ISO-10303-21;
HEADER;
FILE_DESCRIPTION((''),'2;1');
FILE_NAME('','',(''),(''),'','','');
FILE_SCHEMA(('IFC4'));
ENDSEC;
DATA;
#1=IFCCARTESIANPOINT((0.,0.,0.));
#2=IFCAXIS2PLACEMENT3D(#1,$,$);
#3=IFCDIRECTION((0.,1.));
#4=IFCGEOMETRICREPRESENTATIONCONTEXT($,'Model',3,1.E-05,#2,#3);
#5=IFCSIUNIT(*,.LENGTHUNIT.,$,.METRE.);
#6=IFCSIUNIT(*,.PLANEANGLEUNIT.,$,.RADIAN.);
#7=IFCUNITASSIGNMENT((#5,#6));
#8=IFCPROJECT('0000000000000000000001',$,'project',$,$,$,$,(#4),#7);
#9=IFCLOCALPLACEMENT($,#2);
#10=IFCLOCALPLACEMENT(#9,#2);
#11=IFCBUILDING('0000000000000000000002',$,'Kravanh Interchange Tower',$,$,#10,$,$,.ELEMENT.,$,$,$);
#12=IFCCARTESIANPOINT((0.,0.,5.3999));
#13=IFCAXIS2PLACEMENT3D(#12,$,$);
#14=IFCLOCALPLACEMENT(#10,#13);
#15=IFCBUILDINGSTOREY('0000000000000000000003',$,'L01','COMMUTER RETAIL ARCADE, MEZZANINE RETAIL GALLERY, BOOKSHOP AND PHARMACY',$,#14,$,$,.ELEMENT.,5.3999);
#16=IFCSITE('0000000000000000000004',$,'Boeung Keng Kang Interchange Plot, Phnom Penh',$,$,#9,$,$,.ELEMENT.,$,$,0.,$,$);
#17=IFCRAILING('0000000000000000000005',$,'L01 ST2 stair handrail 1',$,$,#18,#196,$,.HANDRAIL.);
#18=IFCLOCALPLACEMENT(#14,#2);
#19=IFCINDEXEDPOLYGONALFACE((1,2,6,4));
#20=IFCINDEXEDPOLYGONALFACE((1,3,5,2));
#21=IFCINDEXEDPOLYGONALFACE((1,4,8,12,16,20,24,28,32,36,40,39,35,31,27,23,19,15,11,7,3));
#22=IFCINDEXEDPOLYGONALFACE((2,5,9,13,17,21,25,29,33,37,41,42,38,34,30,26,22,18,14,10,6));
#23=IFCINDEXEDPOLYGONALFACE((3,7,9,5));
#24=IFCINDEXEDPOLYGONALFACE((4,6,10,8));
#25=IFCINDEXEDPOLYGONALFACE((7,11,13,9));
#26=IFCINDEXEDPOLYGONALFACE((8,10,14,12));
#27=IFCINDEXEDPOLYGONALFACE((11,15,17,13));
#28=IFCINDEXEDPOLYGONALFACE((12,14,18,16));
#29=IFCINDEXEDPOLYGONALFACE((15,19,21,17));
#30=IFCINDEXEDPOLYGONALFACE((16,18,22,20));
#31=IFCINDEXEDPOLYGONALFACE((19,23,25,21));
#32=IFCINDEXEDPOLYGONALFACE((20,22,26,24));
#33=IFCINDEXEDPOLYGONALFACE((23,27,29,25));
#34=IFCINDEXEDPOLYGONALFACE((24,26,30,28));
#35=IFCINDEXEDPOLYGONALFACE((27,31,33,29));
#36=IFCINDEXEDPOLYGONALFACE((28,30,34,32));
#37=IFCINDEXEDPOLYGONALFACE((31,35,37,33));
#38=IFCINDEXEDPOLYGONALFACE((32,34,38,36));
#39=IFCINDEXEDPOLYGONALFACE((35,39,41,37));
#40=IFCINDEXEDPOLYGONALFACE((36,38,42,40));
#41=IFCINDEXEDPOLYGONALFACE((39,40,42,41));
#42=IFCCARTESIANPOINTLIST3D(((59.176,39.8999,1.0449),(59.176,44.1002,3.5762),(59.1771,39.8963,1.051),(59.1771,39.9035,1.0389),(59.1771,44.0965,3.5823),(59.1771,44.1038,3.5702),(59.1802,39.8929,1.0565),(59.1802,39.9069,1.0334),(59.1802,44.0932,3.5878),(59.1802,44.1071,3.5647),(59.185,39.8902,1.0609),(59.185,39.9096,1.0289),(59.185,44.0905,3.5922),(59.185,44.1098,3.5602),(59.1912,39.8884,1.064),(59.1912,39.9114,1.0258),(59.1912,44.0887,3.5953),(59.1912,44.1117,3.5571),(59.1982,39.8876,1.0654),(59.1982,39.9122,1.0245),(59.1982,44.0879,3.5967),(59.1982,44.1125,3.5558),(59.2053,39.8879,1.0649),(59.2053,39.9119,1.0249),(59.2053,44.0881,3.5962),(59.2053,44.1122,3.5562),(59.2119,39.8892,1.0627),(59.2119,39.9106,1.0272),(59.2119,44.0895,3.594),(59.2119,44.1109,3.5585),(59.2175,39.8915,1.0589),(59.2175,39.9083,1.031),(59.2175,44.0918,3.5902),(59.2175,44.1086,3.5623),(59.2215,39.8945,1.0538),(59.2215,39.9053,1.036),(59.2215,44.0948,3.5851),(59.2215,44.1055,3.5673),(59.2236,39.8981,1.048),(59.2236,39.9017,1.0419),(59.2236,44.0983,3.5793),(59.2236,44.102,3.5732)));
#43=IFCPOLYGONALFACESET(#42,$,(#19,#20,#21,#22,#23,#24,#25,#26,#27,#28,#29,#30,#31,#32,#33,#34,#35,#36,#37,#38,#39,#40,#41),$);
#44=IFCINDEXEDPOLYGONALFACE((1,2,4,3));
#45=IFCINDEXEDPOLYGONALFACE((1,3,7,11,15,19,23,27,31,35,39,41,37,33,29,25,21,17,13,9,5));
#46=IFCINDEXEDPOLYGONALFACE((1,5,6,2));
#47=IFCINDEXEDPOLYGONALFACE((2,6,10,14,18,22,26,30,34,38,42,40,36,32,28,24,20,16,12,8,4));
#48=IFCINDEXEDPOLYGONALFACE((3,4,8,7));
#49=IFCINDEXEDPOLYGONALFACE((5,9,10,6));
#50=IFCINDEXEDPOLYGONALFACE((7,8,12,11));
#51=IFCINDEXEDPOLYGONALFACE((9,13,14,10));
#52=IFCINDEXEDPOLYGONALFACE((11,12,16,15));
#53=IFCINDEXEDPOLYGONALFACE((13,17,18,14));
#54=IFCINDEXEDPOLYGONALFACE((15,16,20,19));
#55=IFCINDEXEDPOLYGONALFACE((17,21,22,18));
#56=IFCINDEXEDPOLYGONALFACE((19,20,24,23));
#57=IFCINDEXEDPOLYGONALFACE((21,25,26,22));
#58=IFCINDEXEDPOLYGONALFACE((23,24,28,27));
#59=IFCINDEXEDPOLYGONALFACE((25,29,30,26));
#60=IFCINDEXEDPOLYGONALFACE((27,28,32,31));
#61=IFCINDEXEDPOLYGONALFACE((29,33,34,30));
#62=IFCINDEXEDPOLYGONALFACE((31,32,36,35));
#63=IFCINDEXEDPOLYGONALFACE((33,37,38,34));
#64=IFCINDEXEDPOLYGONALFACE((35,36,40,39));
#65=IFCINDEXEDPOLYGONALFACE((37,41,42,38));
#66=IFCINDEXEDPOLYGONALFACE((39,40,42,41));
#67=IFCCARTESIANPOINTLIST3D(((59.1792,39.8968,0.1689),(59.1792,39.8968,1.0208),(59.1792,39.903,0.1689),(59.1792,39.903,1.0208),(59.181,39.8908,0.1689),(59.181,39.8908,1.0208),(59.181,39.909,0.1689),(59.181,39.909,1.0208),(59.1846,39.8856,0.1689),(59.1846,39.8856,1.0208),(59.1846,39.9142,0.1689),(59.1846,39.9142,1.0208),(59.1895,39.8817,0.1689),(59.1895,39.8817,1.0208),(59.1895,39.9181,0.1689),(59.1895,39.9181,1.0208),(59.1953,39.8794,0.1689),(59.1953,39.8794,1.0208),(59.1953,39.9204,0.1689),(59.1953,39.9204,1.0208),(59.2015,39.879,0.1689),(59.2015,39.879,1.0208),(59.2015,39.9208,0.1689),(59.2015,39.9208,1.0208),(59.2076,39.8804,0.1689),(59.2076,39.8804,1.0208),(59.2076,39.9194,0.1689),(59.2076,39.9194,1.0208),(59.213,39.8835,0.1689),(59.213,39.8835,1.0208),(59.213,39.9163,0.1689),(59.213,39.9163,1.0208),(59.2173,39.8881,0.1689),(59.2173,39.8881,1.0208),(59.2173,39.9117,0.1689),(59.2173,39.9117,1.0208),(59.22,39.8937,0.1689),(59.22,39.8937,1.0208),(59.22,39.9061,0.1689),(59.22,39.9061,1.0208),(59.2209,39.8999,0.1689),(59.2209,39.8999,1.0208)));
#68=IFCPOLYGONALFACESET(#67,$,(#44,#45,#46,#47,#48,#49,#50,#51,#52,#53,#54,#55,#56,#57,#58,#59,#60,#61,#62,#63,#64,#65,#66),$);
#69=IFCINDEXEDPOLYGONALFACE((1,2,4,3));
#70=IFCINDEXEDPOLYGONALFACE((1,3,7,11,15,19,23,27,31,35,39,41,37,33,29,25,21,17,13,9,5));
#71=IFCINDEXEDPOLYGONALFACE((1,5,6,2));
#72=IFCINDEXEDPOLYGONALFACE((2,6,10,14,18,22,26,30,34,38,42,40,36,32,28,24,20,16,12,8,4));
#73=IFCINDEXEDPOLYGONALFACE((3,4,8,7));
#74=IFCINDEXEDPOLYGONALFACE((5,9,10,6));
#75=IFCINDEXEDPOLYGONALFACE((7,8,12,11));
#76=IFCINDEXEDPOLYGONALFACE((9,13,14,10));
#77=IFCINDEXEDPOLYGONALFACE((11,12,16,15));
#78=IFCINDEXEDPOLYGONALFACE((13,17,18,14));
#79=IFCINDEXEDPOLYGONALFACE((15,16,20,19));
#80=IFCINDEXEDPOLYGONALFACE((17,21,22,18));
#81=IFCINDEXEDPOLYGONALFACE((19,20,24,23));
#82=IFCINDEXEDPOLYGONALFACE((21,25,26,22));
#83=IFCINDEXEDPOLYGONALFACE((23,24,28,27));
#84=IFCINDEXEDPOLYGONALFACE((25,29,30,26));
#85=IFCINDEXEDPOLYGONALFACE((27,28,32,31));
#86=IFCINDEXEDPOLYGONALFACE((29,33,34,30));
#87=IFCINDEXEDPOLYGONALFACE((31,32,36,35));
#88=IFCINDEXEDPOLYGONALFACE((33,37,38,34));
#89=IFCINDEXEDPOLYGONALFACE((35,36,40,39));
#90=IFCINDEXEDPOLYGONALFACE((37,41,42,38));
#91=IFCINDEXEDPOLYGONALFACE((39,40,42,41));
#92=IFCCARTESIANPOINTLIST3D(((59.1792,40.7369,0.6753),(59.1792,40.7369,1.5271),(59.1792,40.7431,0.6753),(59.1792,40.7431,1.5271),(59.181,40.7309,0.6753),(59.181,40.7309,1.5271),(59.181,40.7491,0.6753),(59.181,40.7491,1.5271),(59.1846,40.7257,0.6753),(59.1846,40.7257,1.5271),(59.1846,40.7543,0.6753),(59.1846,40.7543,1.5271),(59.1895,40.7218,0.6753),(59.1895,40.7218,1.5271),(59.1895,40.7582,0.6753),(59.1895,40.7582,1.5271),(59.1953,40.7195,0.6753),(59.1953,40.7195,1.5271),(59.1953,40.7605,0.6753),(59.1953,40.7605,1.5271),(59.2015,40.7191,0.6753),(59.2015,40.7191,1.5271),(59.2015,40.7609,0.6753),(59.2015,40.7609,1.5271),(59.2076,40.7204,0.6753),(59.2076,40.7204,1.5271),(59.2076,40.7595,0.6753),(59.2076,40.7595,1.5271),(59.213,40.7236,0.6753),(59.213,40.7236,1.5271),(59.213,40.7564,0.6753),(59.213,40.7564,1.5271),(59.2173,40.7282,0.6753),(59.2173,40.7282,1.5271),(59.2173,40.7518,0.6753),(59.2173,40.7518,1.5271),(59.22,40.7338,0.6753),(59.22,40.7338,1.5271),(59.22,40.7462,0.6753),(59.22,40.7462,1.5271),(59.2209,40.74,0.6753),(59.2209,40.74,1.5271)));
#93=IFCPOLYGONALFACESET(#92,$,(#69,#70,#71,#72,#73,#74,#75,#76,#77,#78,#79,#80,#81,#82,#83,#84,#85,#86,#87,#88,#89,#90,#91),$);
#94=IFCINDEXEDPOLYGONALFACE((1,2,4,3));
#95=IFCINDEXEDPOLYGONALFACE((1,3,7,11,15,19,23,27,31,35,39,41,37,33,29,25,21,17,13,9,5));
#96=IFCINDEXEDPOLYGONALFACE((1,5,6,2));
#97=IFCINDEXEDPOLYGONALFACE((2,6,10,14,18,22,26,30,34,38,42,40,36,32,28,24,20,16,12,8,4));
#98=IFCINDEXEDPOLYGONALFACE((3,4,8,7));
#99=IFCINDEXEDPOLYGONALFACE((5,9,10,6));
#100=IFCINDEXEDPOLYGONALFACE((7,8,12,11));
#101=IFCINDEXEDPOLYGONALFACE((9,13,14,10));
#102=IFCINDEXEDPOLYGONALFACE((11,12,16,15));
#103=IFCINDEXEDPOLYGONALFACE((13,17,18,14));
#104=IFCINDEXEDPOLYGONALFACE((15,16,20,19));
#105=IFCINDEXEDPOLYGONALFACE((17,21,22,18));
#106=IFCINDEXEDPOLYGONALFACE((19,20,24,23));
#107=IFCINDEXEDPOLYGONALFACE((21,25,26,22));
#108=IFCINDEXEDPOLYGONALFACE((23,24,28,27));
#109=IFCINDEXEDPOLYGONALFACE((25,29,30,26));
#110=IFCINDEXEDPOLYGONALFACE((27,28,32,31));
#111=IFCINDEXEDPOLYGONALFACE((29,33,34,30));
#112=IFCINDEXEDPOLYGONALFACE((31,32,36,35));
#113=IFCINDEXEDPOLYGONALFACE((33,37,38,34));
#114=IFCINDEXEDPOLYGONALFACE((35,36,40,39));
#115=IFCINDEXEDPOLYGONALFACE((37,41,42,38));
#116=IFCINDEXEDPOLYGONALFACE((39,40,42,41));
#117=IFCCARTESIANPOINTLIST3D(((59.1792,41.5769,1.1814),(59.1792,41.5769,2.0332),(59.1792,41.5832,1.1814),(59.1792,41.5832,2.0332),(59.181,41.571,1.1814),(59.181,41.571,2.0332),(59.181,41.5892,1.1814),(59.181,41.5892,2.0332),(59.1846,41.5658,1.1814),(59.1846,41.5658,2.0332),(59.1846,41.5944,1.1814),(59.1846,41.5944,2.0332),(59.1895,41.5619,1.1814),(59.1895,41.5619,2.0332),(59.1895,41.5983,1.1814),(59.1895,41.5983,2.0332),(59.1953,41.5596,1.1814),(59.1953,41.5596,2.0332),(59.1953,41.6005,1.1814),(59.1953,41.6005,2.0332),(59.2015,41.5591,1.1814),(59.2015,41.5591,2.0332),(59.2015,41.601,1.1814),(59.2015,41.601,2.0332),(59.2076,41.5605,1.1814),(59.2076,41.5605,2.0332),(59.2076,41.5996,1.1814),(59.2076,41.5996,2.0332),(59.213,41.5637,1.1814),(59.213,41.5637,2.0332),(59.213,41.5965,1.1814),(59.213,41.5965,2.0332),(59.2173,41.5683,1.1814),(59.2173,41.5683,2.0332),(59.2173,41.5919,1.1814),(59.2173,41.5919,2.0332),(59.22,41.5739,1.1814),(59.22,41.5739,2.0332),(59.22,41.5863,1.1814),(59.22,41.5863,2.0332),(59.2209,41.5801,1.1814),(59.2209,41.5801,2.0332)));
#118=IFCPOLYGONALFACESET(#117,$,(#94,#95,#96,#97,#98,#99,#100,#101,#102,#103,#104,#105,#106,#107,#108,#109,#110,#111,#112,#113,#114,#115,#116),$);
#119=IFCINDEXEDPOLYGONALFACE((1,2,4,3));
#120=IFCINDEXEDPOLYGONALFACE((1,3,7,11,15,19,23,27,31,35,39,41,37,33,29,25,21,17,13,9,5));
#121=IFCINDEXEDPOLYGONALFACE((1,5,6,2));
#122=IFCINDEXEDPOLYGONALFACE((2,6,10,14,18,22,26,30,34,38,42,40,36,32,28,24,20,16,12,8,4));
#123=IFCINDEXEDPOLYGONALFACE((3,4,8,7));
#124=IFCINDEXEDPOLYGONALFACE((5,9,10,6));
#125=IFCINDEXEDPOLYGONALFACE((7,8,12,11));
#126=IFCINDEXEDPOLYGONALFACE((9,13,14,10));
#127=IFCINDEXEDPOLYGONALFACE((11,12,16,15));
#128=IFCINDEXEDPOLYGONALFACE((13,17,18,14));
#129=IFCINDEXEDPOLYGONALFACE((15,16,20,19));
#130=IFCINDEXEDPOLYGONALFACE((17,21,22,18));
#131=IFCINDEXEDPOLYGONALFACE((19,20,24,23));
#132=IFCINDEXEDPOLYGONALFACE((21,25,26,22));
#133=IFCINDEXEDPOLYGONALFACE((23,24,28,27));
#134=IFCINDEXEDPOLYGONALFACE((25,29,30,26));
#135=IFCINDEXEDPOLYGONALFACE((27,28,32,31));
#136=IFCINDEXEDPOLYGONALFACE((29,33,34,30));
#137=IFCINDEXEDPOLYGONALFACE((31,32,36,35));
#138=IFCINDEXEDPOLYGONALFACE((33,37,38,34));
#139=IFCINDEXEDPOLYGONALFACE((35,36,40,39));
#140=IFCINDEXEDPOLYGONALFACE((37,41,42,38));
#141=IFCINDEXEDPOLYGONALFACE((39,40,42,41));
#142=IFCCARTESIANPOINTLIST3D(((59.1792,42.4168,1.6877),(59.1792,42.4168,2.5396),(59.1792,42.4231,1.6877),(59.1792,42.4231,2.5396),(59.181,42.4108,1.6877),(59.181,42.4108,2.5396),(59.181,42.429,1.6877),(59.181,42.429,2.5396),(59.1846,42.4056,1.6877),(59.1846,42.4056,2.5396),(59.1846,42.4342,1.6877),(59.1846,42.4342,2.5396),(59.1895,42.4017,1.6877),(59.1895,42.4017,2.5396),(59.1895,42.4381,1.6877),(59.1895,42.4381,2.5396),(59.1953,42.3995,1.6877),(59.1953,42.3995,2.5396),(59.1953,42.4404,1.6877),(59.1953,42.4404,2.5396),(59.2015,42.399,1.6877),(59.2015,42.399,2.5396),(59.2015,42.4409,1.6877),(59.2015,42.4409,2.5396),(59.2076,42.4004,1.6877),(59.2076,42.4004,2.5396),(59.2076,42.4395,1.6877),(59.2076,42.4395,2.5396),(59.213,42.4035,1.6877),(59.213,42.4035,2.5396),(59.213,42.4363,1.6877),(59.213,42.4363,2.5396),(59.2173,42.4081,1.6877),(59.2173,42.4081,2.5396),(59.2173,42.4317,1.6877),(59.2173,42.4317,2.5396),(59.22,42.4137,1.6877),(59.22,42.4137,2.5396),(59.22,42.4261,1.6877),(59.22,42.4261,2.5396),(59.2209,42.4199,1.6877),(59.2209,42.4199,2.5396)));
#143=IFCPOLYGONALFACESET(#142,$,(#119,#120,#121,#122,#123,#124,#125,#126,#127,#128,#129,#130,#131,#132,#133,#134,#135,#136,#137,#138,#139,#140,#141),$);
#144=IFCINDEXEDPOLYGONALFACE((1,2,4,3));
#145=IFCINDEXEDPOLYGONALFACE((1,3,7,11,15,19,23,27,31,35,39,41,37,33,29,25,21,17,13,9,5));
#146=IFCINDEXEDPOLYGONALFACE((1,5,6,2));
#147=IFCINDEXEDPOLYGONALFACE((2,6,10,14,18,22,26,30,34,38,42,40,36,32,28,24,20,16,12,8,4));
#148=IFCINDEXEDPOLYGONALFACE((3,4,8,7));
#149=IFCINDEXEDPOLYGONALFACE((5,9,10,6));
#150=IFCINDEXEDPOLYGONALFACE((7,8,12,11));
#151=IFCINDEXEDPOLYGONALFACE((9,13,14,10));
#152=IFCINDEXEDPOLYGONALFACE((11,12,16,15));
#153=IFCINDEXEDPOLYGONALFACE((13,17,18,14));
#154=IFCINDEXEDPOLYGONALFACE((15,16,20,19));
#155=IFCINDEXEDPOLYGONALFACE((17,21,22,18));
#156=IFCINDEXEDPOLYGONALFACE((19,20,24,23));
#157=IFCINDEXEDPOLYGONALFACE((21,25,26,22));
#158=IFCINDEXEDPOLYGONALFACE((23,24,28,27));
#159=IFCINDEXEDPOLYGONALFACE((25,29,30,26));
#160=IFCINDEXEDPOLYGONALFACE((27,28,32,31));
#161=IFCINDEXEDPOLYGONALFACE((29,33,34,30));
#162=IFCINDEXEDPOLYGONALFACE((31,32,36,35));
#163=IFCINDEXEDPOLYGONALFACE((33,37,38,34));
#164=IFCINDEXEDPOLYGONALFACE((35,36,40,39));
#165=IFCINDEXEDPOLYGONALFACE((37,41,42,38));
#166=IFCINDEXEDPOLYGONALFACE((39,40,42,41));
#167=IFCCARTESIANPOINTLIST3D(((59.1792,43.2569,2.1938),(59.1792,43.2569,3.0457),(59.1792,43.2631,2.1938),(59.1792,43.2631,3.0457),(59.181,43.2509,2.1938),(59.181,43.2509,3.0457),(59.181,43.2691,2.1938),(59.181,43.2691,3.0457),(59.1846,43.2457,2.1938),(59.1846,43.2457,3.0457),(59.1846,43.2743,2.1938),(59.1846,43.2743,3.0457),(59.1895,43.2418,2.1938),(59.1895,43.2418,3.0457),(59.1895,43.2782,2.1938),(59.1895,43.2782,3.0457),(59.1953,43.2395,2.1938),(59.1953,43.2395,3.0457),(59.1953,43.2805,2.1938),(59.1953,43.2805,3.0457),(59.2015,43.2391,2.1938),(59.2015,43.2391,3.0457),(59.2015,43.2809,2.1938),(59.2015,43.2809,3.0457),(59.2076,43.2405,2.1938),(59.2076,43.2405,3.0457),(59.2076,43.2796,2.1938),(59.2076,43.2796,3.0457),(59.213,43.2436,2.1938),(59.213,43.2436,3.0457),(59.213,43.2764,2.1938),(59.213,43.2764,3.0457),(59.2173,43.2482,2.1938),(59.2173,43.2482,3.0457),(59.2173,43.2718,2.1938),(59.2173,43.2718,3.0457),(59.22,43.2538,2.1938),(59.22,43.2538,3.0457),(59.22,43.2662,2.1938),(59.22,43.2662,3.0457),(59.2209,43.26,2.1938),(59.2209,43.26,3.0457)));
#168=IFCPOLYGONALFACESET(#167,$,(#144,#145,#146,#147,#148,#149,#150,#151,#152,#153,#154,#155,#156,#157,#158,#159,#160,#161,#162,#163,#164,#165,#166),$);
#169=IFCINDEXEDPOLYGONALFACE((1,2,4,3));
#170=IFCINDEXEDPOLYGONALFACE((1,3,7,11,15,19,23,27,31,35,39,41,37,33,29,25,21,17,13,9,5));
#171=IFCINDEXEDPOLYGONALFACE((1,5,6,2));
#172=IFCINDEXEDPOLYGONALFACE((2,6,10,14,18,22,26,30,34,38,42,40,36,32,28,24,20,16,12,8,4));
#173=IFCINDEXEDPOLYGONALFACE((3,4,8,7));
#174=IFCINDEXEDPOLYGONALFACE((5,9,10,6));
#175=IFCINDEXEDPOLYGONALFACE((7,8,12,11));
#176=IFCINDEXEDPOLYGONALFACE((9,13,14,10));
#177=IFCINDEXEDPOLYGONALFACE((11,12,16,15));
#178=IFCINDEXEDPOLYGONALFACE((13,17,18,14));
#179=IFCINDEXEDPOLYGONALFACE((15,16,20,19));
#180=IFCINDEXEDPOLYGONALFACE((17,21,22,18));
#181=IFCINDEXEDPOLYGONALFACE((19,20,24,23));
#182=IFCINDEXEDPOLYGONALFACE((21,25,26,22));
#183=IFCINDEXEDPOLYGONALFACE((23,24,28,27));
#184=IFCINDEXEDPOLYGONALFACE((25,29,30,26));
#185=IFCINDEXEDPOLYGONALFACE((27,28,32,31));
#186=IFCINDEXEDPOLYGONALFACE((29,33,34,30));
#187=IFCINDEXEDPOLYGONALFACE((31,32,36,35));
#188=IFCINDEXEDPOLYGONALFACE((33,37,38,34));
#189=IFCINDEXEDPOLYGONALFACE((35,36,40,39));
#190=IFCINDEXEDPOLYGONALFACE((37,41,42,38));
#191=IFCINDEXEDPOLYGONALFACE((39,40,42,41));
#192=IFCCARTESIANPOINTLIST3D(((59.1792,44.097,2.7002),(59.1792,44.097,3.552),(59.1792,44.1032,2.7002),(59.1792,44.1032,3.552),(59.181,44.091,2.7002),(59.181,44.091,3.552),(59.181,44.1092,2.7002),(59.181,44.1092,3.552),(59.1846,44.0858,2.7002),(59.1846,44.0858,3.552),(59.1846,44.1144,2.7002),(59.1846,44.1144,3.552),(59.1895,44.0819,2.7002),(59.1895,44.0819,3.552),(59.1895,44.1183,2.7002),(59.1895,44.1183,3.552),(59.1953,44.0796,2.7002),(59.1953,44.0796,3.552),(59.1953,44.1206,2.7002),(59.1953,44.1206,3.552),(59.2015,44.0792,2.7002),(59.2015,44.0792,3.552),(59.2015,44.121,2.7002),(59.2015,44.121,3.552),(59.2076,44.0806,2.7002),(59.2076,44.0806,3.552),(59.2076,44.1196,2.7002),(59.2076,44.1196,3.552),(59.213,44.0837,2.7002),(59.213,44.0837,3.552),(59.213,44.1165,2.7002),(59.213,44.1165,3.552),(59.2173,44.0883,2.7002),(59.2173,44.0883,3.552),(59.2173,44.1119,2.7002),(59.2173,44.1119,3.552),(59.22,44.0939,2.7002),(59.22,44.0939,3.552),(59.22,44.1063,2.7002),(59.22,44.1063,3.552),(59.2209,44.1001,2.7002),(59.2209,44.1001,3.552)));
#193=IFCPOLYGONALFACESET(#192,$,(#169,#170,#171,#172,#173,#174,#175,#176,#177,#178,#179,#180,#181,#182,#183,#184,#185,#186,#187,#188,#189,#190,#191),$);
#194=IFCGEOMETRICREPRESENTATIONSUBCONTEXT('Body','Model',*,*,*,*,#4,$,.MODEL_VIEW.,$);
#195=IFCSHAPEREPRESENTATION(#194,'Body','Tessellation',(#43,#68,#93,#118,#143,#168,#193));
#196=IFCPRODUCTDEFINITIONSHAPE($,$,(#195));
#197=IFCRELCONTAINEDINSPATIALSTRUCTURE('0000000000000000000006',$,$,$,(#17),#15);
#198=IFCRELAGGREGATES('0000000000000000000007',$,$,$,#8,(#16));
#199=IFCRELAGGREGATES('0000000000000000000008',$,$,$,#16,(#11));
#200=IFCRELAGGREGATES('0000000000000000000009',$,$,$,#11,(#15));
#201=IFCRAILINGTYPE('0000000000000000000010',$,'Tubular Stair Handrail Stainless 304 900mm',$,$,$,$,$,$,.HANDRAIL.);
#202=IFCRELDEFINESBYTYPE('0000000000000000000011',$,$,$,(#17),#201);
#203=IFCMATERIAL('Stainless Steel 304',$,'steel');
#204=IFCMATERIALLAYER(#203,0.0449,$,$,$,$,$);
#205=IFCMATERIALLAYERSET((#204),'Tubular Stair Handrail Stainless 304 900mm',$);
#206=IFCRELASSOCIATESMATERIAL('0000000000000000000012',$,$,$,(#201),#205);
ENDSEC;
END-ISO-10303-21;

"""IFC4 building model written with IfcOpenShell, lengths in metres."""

from ifc_helpers import new_model, si_unit, direction, frame, origin, origin_2d, place, context, subcontext, project, spatial, circle, extrude, material, layer, layer_set, type_object, element, save


model = new_model("IFC4")

# Units and contexts
model_context = context("Model", 3, precision=1e-05, world=origin(), true_north=direction((0.0, 1.0)))
body_context = subcontext(model_context, "Body", "Model", "MODEL_VIEW")
ifc_project = project(units=[si_unit("LENGTHUNIT", "METRE"), si_unit("PLANEANGLEUNIT", "RADIAN")], contexts=[model_context])

# Site, building, storey
site_placement = place(None, origin())
site = spatial("IfcSite", under=ifc_project, at=site_placement, Name="Boeung Keng Kang Interchange Plot, Phnom Penh", CompositionType="ELEMENT", RefElevation=0.0)
building_placement = place(site_placement, origin())
building = spatial("IfcBuilding", under=site, at=building_placement, Name="Kravanh Interchange Tower", CompositionType="ELEMENT")
storey_placement = place(building_placement, frame((0.0, 0.0, 5.3999)))
storey = spatial("IfcBuildingStorey", under=building, at=storey_placement, Name="L01", Description="COMMUTER RETAIL ARCADE, MEZZANINE RETAIL GALLERY, BOOKSHOP AND PHARMACY", CompositionType="ELEMENT", Elevation=5.3999)

# Railing
ifc_material_1 = material(Name="Stainless Steel 304", Category="steel")
ifc_layer_1 = layer(ifc_material_1, 0.0449)
ifc_layer_set_1 = layer_set([ifc_layer_1], Name="Tubular Stair Handrail Stainless 304 900mm")
railing_type_1 = type_object("IfcRailingType", Name="Tubular Stair Handrail Stainless 304 900mm", PredefinedType="HANDRAIL", material=ifc_layer_set_1)
railing_1_placement = place(storey_placement, frame((59.2, 39.8999, 0.1689)))
element("IfcRailing", 1, at=railing_1_placement, inside=storey, type_object=railing_type_1, Name="L01 ST2 stair handrail 1", PredefinedType="HANDRAIL", context=body_context, shape_type="SweptSolid", body=[
    extrude(circle(Radius=0.0239, at=origin_2d()), frame((0.0, 0.0, 0.876), z_axis=(0.0, 0.85649, 0.516164), x_axis=(-1.0, 0.0, 0.0)), (0.0, 0.0, 1.0), 4.9041),
    extrude(circle(Radius=0.021, at=origin_2d()), origin(), (0.0, 0.0, 1.0), 0.8518),
    extrude(circle(Radius=0.021, at=origin_2d()), frame((0.0, 0.8401, 0.5063)), (0.0, 0.0, 1.0), 0.8518),
    extrude(circle(Radius=0.021, at=origin_2d()), frame((0.0, 1.6802, 1.0125)), (0.0, 0.0, 1.0), 0.8518),
    extrude(circle(Radius=0.021, at=origin_2d()), frame((0.0, 2.52, 1.5188)), (0.0, 0.0, 1.0), 0.8518),
    extrude(circle(Radius=0.021, at=origin_2d()), frame((0.0, 3.3601, 2.0249)), (0.0, 0.0, 1.0), 0.8518),
    extrude(circle(Radius=0.021, at=origin_2d()), frame((0.0, 4.2002, 2.5312)), (0.0, 0.0, 1.0), 0.8518),
])

save(model, "model.ifc")
